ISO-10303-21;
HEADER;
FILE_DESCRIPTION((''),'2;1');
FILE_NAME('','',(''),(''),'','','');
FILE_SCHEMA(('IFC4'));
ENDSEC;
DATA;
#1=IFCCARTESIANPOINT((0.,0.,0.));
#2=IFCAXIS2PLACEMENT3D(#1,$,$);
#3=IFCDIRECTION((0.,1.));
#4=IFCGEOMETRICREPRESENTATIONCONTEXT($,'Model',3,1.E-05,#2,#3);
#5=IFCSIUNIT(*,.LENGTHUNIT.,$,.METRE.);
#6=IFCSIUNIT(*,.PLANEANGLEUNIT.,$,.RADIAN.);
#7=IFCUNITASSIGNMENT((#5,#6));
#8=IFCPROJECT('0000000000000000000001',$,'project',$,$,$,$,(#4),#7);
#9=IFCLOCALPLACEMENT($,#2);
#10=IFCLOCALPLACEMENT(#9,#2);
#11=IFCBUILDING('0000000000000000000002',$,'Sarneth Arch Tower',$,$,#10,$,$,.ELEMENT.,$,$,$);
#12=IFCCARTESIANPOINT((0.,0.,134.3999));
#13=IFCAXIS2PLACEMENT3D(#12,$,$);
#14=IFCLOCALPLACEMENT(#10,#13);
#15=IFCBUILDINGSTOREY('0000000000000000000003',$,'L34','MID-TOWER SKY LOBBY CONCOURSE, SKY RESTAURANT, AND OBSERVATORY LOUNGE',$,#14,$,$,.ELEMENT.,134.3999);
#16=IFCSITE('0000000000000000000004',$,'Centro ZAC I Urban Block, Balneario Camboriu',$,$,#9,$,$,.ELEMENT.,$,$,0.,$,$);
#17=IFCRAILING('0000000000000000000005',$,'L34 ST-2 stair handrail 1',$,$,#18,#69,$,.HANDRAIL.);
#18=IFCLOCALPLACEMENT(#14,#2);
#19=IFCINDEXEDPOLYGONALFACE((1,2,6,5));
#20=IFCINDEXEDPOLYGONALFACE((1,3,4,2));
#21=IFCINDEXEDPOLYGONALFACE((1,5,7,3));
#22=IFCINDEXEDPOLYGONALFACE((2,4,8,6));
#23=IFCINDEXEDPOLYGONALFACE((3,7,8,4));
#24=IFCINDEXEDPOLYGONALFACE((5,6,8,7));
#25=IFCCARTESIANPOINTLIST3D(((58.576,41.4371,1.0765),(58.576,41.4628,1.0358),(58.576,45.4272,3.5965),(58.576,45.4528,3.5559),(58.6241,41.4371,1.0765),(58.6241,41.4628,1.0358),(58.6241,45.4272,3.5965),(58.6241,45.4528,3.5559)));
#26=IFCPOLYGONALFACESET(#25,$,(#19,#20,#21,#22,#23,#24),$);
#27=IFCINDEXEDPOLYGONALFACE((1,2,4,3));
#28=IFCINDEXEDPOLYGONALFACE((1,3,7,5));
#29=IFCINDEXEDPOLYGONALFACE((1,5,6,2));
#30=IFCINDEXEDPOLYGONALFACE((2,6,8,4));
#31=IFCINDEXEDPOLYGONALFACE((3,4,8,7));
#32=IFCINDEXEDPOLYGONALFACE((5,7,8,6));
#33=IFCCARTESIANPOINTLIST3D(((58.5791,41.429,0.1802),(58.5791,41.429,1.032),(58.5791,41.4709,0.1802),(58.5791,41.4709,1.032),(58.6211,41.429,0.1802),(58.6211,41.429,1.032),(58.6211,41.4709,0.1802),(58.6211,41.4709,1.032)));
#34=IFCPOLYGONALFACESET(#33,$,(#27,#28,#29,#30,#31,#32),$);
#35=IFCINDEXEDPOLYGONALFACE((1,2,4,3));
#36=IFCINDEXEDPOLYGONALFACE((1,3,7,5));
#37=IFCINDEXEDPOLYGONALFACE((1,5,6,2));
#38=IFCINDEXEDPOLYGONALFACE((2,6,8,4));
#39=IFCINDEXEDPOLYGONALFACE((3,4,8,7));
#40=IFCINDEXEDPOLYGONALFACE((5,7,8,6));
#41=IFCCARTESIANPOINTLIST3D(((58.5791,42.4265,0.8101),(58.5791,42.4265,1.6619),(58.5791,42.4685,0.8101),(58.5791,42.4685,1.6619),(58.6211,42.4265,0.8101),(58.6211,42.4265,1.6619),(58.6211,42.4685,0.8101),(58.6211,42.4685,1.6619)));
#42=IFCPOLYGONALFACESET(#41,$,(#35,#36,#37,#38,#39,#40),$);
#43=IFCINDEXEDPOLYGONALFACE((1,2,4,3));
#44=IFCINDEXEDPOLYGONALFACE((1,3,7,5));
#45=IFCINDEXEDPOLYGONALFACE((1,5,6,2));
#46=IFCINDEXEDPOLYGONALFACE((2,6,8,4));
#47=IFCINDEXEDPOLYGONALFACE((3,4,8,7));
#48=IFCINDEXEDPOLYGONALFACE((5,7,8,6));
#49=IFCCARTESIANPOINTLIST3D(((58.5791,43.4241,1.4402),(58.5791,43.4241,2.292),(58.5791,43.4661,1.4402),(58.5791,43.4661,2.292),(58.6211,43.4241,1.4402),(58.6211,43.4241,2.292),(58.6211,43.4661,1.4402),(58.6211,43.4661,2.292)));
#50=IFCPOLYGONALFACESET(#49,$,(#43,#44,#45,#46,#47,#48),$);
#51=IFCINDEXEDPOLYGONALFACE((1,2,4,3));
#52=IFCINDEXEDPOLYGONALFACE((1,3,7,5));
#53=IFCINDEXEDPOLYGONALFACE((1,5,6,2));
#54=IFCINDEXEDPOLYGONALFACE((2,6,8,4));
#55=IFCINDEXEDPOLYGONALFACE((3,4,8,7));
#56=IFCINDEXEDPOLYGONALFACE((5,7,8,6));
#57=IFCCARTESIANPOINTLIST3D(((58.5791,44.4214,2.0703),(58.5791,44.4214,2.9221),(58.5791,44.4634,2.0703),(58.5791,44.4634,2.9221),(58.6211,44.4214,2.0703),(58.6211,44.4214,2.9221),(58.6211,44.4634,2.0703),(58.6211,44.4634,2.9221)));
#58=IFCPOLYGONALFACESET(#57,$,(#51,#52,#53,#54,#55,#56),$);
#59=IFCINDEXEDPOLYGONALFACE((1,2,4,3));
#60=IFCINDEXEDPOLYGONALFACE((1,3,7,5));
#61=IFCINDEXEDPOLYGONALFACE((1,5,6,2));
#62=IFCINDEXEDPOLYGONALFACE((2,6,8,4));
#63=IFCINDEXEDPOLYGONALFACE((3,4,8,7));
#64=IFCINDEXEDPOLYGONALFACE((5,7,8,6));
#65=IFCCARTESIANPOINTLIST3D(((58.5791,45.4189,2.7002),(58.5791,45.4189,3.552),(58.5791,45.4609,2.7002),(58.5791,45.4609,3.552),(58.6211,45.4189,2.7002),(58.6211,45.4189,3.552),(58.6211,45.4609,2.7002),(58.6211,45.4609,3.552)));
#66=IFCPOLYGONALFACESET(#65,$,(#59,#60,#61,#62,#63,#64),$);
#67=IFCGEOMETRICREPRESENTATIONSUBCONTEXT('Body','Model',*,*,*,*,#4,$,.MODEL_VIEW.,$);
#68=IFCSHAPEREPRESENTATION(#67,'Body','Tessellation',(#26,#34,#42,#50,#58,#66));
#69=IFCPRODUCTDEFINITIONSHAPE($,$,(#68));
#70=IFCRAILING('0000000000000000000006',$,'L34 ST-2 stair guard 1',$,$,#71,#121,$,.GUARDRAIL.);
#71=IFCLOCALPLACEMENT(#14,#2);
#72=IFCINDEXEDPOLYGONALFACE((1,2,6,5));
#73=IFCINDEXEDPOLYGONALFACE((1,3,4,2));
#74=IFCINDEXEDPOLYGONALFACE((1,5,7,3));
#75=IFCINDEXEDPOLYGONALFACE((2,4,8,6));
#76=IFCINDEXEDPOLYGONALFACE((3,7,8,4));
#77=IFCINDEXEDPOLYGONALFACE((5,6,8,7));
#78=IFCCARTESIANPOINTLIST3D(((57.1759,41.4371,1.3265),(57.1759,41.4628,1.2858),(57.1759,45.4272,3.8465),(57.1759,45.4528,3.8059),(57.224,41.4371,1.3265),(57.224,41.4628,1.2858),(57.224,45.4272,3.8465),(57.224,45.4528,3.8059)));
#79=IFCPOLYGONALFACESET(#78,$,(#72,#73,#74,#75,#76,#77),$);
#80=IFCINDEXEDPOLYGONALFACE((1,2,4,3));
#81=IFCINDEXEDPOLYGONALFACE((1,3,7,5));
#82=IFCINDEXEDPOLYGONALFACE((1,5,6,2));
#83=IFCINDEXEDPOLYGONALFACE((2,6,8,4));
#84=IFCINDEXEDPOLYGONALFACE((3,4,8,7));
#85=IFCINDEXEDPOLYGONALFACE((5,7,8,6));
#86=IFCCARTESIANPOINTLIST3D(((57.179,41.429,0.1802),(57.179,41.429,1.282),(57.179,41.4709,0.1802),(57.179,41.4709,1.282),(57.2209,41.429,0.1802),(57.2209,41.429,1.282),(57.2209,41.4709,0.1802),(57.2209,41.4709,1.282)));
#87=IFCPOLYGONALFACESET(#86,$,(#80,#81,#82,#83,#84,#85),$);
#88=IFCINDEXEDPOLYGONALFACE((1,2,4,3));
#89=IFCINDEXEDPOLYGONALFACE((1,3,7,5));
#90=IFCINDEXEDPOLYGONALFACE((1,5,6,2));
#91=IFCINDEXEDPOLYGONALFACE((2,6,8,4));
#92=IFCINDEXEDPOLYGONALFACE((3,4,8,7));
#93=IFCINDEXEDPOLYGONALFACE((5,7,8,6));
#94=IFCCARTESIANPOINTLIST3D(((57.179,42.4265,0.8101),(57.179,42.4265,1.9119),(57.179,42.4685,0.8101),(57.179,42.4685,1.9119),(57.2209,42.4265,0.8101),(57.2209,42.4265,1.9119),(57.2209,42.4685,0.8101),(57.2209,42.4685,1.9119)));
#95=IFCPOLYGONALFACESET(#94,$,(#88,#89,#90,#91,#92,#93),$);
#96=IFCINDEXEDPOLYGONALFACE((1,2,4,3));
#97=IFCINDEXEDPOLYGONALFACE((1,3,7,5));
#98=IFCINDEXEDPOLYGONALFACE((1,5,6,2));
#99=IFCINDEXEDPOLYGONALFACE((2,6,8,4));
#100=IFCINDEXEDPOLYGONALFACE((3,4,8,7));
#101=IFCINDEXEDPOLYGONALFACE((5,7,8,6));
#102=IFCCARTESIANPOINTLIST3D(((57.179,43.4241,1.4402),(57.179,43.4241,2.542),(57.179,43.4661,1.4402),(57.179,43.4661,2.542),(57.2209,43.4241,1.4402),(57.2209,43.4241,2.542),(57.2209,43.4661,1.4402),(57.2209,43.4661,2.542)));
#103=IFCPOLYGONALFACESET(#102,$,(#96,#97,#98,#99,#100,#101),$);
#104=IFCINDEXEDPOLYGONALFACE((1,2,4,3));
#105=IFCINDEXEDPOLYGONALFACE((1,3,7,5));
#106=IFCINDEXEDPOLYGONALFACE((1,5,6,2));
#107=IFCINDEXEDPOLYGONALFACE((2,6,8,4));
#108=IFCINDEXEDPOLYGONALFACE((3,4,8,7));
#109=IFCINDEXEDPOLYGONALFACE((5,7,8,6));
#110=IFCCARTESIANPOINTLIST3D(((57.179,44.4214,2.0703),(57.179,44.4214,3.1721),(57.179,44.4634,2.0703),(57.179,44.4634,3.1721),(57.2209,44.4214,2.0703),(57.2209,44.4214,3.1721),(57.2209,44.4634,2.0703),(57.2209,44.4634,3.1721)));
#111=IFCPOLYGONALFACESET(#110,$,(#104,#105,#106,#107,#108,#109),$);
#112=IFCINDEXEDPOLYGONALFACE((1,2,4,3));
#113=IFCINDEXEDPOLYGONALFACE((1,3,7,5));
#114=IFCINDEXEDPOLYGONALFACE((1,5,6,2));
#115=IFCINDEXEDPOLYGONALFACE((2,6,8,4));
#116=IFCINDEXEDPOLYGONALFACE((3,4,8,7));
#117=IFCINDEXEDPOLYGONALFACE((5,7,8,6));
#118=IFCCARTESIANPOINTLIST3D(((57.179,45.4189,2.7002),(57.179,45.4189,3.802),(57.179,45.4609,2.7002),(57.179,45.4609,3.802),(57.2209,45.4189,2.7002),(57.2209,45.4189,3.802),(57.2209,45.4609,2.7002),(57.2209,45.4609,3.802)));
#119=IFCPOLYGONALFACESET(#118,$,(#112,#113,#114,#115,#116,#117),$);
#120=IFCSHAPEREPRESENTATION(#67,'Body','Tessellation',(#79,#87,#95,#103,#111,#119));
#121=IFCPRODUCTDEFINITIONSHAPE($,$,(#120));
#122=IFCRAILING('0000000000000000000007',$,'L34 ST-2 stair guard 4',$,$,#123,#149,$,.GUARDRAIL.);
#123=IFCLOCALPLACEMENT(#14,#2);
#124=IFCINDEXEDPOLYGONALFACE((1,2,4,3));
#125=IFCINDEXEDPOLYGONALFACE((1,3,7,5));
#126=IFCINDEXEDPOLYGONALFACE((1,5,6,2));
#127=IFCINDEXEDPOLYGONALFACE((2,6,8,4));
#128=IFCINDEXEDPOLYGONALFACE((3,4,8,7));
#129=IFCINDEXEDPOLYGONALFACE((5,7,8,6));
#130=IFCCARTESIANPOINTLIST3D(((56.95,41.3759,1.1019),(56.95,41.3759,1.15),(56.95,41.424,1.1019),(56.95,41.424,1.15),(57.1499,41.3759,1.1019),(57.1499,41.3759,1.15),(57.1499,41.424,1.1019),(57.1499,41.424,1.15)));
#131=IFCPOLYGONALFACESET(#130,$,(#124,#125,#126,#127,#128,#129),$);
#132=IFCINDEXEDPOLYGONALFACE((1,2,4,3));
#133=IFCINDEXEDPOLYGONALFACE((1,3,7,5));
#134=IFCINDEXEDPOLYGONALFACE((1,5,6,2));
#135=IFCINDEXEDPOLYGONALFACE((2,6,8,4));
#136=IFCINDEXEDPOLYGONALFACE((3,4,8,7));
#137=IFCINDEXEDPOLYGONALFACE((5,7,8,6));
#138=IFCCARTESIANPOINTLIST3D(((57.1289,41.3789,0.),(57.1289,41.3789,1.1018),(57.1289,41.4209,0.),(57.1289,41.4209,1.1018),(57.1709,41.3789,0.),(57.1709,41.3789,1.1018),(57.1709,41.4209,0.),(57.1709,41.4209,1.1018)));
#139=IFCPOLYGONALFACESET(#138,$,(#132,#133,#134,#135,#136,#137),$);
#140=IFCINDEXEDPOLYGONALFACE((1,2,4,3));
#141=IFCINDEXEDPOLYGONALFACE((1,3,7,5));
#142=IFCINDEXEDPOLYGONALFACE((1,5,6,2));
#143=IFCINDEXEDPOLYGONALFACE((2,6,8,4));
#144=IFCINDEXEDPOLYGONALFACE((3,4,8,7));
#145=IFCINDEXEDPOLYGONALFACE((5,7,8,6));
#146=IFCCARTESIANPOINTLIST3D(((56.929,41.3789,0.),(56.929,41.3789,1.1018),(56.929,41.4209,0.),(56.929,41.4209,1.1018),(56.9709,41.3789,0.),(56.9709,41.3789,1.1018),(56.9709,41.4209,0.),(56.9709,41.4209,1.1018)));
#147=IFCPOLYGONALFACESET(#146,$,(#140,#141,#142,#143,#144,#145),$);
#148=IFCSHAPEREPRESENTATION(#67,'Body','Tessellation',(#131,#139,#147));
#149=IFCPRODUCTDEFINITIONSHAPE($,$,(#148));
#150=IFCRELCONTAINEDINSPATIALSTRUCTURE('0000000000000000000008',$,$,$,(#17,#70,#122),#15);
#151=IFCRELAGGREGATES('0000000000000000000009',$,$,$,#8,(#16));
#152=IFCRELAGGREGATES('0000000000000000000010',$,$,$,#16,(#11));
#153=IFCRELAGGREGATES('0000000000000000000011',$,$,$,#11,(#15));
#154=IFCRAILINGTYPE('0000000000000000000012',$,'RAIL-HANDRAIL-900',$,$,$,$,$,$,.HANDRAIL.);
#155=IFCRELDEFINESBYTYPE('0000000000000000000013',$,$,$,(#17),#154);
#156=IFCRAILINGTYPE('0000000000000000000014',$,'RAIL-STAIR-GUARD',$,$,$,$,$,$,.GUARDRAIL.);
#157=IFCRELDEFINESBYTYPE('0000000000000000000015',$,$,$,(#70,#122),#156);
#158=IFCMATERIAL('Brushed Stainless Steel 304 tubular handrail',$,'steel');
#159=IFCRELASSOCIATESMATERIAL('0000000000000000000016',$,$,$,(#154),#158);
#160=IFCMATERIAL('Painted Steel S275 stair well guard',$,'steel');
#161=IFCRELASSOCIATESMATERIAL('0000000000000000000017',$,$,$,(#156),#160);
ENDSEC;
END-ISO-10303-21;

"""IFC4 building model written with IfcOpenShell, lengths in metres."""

from ifc_helpers import new_model, si_unit, direction, frame, origin, origin_2d, place, context, subcontext, project, spatial, rectangle, extrude, material, type_object, element, save


model = new_model("IFC4")

# Units and contexts
model_context = context("Model", 3, precision=1e-05, world=origin(), true_north=direction((0.0, 1.0)))
body_context = subcontext(model_context, "Body", "Model", "MODEL_VIEW")
ifc_project = project(units=[si_unit("LENGTHUNIT", "METRE"), si_unit("PLANEANGLEUNIT", "RADIAN")], contexts=[model_context])

# Site, building, storey
site_placement = place(None, origin())
site = spatial("IfcSite", under=ifc_project, at=site_placement, Name="Centro ZAC I Urban Block, Balneario Camboriu", CompositionType="ELEMENT", RefElevation=0.0)
building_placement = place(site_placement, origin())
building = spatial("IfcBuilding", under=site, at=building_placement, Name="Sarneth Arch Tower", CompositionType="ELEMENT")
storey_placement = place(building_placement, frame((0.0, 0.0, 134.3999)))
storey = spatial("IfcBuildingStorey", under=building, at=storey_placement, Name="L34", Description="MID-TOWER SKY LOBBY CONCOURSE, SKY RESTAURANT, AND OBSERVATORY LOUNGE", CompositionType="ELEMENT", Elevation=134.3999)

# Railings
ifc_material_1 = material(Name="Brushed Stainless Steel 304 tubular handrail", Category="steel")
railing_type_1 = type_object("IfcRailingType", Name="RAIL-HANDRAIL-900", PredefinedType="HANDRAIL", material=ifc_material_1)
railing_1_placement = place(storey_placement, frame((58.6001, 41.45, 0.1802)))
element("IfcRailing", 1, at=railing_1_placement, inside=storey, type_object=railing_type_1, Name="L34 ST-2 stair handrail 1", PredefinedType="HANDRAIL", context=body_context, shape_type="SweptSolid", body=[
    extrude(rectangle(XDim=0.0481, YDim=0.0481, at=origin_2d()), frame((0.0, 0.0, 0.876), z_axis=(0.0, 0.845486, 0.533997), x_axis=(-1.0, 0.0, 0.0)), (0.0, 0.0, 1.0), 4.7192),
    extrude(rectangle(XDim=0.042, YDim=0.042, at=origin_2d()), origin(), (0.0, 0.0, 1.0), 0.8518),
    extrude(rectangle(XDim=0.042, YDim=0.042, at=origin_2d()), frame((0.0, 0.9976, 0.6299)), (0.0, 0.0, 1.0), 0.8518),
    extrude(rectangle(XDim=0.042, YDim=0.042, at=origin_2d()), frame((0.0, 1.9951, 1.26)), (0.0, 0.0, 1.0), 0.8518),
    extrude(rectangle(XDim=0.042, YDim=0.042, at=origin_2d()), frame((0.0, 2.9924, 1.8901)), (0.0, 0.0, 1.0), 0.8518),
    extrude(rectangle(XDim=0.042, YDim=0.042, at=origin_2d()), frame((0.0, 3.99, 2.52)), (0.0, 0.0, 1.0), 0.8518),
])
ifc_material_2 = material(Name="Painted Steel S275 stair well guard", Category="steel")
railing_type_2 = type_object("IfcRailingType", Name="RAIL-STAIR-GUARD", PredefinedType="GUARDRAIL", material=ifc_material_2)
railing_2_placement = place(storey_placement, frame((57.2, 41.45, 0.1802)))
element("IfcRailing", 2, at=railing_2_placement, inside=storey, type_object=railing_type_2, Name="L34 ST-2 stair guard 1", PredefinedType="GUARDRAIL", context=body_context, shape_type="SweptSolid", body=[
    extrude(rectangle(XDim=0.0481, YDim=0.0481, at=origin_2d()), frame((0.0, 0.0, 1.126), z_axis=(0.0, 0.845486, 0.533997), x_axis=(-1.0, 0.0, 0.0)), (0.0, 0.0, 1.0), 4.7192),
    extrude(rectangle(XDim=0.042, YDim=0.042, at=origin_2d()), origin(), (0.0, 0.0, 1.0), 1.1018),
    extrude(rectangle(XDim=0.042, YDim=0.042, at=origin_2d()), frame((0.0, 0.9976, 0.6299)), (0.0, 0.0, 1.0), 1.1018),
    extrude(rectangle(XDim=0.042, YDim=0.042, at=origin_2d()), frame((0.0, 1.9951, 1.26)), (0.0, 0.0, 1.0), 1.1018),
    extrude(rectangle(XDim=0.042, YDim=0.042, at=origin_2d()), frame((0.0, 2.9924, 1.8901)), (0.0, 0.0, 1.0), 1.1018),
    extrude(rectangle(XDim=0.042, YDim=0.042, at=origin_2d()), frame((0.0, 3.99, 2.52)), (0.0, 0.0, 1.0), 1.1018),
])
railing_3_placement = place(storey_placement, frame((57.1499, 41.3999, 0.0)))
element("IfcRailing", 3, at=railing_3_placement, inside=storey, type_object=railing_type_2, Name="L34 ST-2 stair guard 4", PredefinedType="GUARDRAIL", context=body_context, shape_type="SweptSolid", body=[
    extrude(rectangle(XDim=0.0481, YDim=0.0481, at=origin_2d()), frame((0.0, 0.0, 1.126), z_axis=(-1.0, 0.0, 0.0), x_axis=(0.0, -1.0, 0.0)), (0.0, 0.0, 1.0), 0.2),
    extrude(rectangle(XDim=0.042, YDim=0.042, at=origin_2d()), origin(), (0.0, 0.0, 1.0), 1.1018),
    extrude(rectangle(XDim=0.042, YDim=0.042, at=origin_2d()), frame((-0.2, 0.0, 0.0)), (0.0, 0.0, 1.0), 1.1018),
])

save(model, "model.ifc")
